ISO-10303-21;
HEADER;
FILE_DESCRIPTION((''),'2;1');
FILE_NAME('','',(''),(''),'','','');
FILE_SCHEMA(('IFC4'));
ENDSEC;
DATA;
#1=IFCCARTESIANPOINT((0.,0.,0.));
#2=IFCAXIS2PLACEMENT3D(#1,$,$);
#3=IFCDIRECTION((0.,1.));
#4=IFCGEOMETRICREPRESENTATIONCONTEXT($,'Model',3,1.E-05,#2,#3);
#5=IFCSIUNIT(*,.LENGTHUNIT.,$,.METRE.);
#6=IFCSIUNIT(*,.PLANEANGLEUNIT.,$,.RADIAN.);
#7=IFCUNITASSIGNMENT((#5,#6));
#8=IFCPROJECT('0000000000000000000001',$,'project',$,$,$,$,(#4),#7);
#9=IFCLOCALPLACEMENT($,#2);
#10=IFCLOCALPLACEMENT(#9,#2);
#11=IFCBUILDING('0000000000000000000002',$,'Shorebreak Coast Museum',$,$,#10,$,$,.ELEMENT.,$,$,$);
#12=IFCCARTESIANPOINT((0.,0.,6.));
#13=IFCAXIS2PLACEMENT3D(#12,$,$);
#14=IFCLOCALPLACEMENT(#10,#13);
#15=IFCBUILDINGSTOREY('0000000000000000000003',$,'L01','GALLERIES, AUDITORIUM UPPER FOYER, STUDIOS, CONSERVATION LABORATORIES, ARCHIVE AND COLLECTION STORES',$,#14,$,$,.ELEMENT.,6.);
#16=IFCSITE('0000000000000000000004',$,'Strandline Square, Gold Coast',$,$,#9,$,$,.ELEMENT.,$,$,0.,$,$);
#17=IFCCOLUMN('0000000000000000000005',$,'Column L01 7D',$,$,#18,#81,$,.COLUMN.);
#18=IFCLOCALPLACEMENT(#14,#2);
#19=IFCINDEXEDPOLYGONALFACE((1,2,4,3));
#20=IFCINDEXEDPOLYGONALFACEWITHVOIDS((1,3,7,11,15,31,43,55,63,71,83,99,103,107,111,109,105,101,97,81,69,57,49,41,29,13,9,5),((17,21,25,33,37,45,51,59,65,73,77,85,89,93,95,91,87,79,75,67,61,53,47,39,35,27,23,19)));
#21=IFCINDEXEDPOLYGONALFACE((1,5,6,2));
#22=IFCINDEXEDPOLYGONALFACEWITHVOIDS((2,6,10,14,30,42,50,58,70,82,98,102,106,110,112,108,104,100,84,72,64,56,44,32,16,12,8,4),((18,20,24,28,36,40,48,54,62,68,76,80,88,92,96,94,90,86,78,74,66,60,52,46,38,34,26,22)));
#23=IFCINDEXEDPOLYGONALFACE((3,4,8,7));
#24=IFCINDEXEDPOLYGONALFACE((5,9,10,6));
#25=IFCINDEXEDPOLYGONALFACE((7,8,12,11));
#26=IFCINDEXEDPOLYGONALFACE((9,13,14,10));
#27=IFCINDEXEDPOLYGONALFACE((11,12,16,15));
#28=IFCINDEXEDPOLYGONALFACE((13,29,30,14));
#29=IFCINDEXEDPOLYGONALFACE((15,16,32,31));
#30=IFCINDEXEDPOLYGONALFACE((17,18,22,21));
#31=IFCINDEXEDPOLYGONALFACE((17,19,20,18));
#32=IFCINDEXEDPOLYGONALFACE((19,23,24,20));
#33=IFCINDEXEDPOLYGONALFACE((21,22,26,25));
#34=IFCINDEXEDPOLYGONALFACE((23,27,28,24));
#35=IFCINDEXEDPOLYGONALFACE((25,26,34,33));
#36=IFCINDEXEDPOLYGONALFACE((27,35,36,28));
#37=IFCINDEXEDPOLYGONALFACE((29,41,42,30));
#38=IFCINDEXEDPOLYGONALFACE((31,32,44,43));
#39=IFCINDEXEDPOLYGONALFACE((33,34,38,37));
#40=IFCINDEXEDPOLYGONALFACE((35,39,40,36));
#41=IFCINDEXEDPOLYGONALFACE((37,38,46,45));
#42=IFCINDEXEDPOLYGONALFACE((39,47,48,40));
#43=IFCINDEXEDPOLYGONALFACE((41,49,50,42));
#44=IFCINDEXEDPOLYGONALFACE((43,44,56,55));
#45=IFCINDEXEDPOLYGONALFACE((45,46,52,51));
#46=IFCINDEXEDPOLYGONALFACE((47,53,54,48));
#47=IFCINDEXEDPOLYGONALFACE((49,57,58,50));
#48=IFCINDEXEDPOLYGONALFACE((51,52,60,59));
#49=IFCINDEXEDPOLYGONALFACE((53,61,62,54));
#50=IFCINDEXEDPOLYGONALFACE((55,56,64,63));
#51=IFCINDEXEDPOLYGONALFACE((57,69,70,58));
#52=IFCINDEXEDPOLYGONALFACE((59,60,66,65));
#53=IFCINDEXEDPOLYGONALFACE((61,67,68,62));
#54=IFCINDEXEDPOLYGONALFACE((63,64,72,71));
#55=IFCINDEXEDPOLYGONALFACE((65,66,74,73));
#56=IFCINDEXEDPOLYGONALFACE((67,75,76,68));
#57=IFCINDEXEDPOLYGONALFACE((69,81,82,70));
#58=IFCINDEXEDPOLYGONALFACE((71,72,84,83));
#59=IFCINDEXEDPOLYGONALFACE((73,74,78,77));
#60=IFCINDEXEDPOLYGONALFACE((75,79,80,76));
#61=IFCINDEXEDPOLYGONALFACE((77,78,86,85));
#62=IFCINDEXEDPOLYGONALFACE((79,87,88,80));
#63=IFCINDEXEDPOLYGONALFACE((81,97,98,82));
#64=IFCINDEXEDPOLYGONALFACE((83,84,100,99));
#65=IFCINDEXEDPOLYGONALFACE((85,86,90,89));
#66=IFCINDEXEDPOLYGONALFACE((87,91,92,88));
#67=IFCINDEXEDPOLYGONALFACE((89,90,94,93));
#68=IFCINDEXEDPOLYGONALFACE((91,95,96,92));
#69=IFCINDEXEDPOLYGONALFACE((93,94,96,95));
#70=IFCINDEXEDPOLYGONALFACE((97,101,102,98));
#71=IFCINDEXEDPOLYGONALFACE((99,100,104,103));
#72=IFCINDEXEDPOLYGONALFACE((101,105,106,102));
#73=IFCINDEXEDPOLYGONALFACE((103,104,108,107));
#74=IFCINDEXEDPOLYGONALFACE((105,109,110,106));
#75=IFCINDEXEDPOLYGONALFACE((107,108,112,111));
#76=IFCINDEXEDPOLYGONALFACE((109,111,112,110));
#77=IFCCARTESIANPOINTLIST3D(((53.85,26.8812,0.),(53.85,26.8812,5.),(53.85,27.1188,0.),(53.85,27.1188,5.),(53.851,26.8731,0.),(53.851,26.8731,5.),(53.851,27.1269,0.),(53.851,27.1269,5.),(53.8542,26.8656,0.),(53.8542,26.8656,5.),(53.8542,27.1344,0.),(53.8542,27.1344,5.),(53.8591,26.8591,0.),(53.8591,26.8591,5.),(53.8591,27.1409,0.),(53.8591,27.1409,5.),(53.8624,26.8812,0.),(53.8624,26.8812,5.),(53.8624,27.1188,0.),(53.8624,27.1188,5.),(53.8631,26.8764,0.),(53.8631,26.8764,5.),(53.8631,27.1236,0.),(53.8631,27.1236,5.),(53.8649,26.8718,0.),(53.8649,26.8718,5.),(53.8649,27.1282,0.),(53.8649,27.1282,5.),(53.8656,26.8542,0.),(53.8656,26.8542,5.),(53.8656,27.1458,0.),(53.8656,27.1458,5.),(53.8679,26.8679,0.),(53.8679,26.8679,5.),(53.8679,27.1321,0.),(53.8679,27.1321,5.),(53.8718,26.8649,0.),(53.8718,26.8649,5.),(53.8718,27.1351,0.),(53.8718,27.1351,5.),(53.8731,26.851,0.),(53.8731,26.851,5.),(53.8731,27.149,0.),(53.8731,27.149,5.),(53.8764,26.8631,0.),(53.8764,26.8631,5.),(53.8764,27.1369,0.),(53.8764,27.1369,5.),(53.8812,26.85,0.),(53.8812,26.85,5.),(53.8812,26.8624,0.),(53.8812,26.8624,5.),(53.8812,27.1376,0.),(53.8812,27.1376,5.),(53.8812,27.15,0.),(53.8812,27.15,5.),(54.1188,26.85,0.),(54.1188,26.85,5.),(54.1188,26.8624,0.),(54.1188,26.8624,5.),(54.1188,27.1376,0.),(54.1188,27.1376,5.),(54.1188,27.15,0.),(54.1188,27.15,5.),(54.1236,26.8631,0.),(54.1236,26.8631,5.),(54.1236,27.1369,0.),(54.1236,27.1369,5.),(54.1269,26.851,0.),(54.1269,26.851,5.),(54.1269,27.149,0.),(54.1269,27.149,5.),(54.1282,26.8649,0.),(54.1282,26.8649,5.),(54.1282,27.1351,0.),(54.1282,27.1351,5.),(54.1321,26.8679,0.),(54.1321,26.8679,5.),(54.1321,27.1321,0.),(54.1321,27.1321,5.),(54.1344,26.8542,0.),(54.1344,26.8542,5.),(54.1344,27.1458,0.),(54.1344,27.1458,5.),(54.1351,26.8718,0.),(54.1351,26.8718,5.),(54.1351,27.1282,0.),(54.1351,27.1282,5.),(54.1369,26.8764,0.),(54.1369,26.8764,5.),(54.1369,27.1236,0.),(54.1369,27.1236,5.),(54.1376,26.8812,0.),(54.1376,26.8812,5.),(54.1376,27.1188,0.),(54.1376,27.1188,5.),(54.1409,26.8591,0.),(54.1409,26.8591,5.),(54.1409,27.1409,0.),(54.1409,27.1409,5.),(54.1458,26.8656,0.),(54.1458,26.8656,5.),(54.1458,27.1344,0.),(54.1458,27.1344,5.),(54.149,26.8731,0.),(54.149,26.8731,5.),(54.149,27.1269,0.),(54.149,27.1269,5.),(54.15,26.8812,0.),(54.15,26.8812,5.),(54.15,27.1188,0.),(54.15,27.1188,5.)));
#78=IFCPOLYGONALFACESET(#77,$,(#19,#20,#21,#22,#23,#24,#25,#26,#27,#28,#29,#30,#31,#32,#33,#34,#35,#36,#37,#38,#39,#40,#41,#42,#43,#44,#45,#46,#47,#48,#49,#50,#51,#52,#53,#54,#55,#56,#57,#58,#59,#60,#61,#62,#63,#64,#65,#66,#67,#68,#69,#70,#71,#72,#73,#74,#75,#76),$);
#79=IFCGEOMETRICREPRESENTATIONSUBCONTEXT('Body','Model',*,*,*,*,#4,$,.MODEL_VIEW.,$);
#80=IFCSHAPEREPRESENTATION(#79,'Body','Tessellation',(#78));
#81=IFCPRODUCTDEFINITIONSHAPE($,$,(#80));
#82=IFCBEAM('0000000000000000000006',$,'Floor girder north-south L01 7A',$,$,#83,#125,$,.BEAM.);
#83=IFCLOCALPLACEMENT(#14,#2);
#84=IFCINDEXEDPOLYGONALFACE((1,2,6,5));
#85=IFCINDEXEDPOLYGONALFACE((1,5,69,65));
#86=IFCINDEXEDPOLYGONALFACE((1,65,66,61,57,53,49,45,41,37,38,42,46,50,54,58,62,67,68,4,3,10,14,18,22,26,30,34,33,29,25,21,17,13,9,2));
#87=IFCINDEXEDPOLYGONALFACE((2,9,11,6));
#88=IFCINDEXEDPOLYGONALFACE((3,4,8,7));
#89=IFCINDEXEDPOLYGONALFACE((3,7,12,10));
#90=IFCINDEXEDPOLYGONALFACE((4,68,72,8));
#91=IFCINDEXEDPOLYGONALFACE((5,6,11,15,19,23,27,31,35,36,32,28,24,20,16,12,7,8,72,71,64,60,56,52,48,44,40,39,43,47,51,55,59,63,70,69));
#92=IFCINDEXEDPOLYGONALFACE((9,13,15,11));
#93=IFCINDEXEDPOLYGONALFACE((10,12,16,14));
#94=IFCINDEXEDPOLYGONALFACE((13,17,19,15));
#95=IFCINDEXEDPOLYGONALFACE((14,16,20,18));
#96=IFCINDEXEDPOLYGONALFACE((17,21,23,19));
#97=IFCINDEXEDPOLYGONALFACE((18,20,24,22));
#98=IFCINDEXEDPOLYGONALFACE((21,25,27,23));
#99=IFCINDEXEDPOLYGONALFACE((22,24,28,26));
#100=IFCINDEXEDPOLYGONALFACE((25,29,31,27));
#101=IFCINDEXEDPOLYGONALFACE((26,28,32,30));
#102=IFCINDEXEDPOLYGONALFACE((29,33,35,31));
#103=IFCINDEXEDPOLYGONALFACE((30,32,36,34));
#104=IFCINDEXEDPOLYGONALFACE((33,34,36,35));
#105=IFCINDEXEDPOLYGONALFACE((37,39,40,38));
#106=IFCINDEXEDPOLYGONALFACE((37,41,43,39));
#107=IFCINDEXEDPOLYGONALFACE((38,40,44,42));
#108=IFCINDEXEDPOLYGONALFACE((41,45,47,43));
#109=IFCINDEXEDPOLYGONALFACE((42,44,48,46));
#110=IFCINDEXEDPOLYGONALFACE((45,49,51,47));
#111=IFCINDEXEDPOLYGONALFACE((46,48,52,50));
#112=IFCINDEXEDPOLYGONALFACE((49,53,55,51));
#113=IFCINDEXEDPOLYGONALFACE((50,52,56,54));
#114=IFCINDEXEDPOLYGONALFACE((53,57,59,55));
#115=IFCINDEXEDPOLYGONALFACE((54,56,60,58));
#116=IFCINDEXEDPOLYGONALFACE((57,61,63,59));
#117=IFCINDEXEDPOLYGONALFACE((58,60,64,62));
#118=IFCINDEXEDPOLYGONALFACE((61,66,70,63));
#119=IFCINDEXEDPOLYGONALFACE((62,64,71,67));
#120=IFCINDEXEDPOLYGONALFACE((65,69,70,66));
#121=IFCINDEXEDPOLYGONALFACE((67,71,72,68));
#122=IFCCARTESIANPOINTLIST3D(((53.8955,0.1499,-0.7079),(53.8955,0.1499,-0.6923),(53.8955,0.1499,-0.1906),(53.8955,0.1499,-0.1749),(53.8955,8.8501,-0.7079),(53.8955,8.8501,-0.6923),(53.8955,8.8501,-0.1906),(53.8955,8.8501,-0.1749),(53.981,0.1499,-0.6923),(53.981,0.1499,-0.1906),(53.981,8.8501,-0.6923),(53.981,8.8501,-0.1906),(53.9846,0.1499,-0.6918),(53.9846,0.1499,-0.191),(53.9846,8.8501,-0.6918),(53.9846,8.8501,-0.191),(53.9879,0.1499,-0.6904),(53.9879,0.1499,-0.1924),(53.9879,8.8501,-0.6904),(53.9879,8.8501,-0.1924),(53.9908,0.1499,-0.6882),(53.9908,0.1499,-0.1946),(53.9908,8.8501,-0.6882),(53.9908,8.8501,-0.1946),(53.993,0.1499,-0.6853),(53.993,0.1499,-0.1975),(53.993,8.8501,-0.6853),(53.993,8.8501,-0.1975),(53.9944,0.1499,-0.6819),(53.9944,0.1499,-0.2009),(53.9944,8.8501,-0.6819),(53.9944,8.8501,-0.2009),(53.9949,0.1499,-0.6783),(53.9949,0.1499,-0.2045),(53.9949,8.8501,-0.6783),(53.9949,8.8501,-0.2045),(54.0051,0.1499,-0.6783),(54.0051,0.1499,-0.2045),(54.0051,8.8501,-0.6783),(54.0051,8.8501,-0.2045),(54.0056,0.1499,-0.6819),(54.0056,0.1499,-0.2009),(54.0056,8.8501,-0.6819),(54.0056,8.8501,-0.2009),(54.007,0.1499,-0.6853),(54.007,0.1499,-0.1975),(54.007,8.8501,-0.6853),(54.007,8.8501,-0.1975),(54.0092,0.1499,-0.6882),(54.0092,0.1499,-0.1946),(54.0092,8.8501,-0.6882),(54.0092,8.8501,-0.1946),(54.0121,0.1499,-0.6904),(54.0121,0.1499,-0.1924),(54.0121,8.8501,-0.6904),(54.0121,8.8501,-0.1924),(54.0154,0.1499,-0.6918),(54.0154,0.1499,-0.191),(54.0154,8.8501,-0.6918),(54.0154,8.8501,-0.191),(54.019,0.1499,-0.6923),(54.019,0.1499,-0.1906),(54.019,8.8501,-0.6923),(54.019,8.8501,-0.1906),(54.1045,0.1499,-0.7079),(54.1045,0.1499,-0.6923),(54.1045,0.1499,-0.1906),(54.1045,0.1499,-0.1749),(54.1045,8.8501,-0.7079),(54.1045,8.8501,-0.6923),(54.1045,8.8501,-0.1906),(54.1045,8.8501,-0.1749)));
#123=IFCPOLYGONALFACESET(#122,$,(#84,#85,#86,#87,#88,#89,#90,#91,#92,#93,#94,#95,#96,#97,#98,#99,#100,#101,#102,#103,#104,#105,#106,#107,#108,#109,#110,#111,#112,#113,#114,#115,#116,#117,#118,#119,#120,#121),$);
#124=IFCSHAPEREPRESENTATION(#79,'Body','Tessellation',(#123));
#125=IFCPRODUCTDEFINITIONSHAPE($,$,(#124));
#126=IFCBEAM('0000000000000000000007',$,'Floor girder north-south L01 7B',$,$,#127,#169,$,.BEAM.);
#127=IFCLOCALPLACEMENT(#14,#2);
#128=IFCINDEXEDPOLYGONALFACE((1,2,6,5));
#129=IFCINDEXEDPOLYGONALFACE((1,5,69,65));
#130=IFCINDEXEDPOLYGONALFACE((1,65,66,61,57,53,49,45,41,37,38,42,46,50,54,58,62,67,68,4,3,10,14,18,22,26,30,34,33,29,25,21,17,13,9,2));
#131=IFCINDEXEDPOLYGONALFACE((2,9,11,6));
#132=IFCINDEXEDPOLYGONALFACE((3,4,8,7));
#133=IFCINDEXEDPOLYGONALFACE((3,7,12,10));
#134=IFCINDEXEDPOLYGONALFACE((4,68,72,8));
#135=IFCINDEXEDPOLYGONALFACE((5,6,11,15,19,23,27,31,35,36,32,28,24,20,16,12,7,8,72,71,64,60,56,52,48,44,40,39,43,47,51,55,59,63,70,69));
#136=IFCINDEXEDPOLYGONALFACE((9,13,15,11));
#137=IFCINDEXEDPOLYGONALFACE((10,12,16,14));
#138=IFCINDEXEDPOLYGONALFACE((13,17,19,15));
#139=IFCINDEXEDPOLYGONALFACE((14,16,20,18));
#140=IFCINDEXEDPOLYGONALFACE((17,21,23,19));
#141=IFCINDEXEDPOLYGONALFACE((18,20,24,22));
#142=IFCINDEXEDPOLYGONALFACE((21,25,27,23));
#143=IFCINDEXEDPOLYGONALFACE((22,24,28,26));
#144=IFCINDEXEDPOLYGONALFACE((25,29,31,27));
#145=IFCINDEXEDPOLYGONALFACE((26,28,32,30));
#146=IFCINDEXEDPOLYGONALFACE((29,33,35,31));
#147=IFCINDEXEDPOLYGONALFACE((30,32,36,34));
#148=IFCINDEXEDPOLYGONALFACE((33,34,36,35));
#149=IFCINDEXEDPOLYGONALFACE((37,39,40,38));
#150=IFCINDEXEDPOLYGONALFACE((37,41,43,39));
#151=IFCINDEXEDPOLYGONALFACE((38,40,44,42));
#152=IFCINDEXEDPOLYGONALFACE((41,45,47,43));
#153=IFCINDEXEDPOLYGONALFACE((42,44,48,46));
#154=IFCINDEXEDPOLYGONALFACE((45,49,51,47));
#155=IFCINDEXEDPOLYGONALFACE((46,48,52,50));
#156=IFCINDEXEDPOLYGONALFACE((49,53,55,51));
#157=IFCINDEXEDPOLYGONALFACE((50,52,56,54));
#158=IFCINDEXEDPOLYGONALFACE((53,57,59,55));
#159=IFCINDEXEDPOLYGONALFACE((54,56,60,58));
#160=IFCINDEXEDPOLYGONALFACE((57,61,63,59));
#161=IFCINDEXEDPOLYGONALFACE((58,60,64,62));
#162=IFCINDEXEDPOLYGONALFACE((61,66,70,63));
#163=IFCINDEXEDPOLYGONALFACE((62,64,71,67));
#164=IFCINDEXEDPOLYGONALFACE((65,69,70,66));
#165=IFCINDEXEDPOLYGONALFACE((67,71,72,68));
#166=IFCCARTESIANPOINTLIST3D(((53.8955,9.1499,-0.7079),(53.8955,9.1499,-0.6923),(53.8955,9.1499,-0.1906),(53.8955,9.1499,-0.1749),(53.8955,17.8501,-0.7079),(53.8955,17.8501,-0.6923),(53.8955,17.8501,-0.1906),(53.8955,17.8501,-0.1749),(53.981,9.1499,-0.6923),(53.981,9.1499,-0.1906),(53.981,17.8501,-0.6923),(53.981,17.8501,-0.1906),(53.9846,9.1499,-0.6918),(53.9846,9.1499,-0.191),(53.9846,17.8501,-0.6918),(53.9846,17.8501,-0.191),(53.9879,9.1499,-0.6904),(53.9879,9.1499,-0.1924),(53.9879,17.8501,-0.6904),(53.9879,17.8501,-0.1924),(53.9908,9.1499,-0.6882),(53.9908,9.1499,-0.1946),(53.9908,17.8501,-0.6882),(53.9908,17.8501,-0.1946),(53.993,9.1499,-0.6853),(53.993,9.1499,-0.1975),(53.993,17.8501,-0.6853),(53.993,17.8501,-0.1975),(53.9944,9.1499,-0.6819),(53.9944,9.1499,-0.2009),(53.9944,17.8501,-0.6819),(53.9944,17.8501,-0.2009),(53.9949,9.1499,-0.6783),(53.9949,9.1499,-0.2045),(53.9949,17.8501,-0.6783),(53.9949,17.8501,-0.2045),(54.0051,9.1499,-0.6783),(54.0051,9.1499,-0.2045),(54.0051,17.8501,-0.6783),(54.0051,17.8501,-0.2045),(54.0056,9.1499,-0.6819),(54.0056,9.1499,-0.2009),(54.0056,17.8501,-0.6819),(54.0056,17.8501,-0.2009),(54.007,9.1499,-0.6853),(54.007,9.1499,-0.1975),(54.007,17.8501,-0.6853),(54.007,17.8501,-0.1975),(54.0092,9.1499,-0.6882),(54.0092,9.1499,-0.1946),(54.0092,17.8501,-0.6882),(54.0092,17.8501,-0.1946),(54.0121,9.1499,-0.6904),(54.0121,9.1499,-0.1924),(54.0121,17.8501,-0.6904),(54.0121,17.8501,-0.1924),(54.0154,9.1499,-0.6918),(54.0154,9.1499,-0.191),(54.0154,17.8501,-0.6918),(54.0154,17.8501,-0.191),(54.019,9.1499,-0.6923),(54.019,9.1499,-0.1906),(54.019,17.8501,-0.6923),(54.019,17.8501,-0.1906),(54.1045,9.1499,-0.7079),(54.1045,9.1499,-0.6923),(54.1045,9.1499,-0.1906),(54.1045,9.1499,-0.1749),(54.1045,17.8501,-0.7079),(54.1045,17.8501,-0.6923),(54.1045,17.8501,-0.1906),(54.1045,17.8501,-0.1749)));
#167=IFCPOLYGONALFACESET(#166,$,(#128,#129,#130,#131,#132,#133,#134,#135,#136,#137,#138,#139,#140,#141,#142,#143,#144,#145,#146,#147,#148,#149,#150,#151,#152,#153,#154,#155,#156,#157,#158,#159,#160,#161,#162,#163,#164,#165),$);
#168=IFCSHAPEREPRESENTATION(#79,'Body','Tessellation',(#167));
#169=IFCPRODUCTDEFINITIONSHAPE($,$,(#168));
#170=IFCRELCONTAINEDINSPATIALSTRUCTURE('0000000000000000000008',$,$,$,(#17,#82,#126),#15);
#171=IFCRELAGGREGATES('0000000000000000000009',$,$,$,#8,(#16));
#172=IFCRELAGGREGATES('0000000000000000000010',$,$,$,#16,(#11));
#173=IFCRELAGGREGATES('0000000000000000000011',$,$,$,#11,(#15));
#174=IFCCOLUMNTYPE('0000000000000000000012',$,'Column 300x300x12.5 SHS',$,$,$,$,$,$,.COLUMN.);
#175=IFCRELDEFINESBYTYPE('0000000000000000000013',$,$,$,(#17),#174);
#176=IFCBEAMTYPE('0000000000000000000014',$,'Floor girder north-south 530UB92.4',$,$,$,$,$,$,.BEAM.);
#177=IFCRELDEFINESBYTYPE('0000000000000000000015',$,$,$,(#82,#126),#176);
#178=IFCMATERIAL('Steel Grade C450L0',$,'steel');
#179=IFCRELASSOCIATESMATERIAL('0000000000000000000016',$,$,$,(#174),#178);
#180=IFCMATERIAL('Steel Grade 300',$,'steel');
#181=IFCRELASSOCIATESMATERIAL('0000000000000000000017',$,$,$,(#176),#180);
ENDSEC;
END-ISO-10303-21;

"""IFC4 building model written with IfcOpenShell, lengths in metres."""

from ifc_helpers import new_model, si_unit, direction, frame, origin, origin_2d, place, context, subcontext, project, spatial, hollow_rectangle, i_section, extrude, material, material_profile, profile_set, type_object, element, save


model = new_model("IFC4")

# Units and contexts
model_context = context("Model", 3, precision=1e-05, world=origin(), true_north=direction((0.0, 1.0)))
body_context = subcontext(model_context, "Body", "Model", "MODEL_VIEW")
ifc_project = project(units=[si_unit("LENGTHUNIT", "METRE"), si_unit("PLANEANGLEUNIT", "RADIAN")], contexts=[model_context])

# Site, building, storey
site_placement = place(None, origin())
site = spatial("IfcSite", under=ifc_project, at=site_placement, Name="Strandline Square, Gold Coast", CompositionType="ELEMENT", RefElevation=0.0)
building_placement = place(site_placement, origin())
building = spatial("IfcBuilding", under=site, at=building_placement, Name="Shorebreak Coast Museum", CompositionType="ELEMENT")
storey_placement = place(building_placement, frame((0.0, 0.0, 6.0)))
storey = spatial("IfcBuildingStorey", under=building, at=storey_placement, Name="L01", Description="GALLERIES, AUDITORIUM UPPER FOYER, STUDIOS, CONSERVATION LABORATORIES, ARCHIVE AND COLLECTION STORES", CompositionType="ELEMENT", Elevation=6.0)

# Column
ifc_material_1 = material(Name="Steel Grade C450L0", Category="steel")
ifc_material_profile_1 = material_profile(ifc_material_1, hollow_rectangle(XDim=0.3, YDim=0.3, WallThickness=0.0125, InnerFilletRadius=0.0188, OuterFilletRadius=0.0312, at=origin_2d()), Name="300x300x12.5 SHS")
ifc_profile_set_1 = profile_set([ifc_material_profile_1], Name="Steel Grade C450L0")
column_type = type_object("IfcColumnType", Name="Column 300x300x12.5 SHS", PredefinedType="COLUMN", material=ifc_profile_set_1)
for number, where, z_axis, x_axis, name in (
    (1, (54.0, 27.0, 0.0), (0.0, 0.0, 1.0), (1.0, 0.0, 0.0), "Column L01 7D"),
):
    element("IfcColumn", number, at=place(storey_placement, frame(where, z_axis=z_axis, x_axis=x_axis)), inside=storey, type_object=column_type, Name=name, PredefinedType="COLUMN", context=body_context, shape_type="SweptSolid", body=[
        extrude(hollow_rectangle(XDim=0.3, YDim=0.3, WallThickness=0.0125, InnerFilletRadius=0.0188, OuterFilletRadius=0.0312, at=origin_2d()), origin(), (0.0, 0.0, 1.0), 5.0),
    ])

# Beams
ifc_material_2 = material(Name="Steel Grade 300", Category="steel")
ifc_material_profile_2 = material_profile(ifc_material_2, i_section(OverallWidth=0.209, OverallDepth=0.533, WebThickness=0.0103, FlangeThickness=0.0156, FilletRadius=0.0139, at=origin_2d()), Name="530UB92.4")
ifc_profile_set_2 = profile_set([ifc_material_profile_2], Name="Steel Grade 300")
beam_type = type_object("IfcBeamType", Name="Floor girder north-south 530UB92.4", PredefinedType="BEAM", material=ifc_profile_set_2)
for number, where, z_axis, x_axis, name in (
    (2, (54.0, 0.1499, -0.4414), (0.0, 1.0, 0.0), (-1.0, 0.0, 0.0), "Floor girder north-south L01 7A"),
    (3, (54.0, 9.1499, -0.4414), (0.0, 1.0, 0.0), (-1.0, 0.0, 0.0), "Floor girder north-south L01 7B"),
):
    element("IfcBeam", number, at=place(storey_placement, frame(where, z_axis=z_axis, x_axis=x_axis)), inside=storey, type_object=beam_type, Name=name, PredefinedType="BEAM", context=body_context, shape_type="SweptSolid", body=[
        extrude(i_section(OverallWidth=0.209, OverallDepth=0.533, WebThickness=0.0103, FlangeThickness=0.0156, FilletRadius=0.0139, at=origin_2d()), origin(), (0.0, 0.0, 1.0), 8.7002),
    ])

save(model, "model.ifc")
